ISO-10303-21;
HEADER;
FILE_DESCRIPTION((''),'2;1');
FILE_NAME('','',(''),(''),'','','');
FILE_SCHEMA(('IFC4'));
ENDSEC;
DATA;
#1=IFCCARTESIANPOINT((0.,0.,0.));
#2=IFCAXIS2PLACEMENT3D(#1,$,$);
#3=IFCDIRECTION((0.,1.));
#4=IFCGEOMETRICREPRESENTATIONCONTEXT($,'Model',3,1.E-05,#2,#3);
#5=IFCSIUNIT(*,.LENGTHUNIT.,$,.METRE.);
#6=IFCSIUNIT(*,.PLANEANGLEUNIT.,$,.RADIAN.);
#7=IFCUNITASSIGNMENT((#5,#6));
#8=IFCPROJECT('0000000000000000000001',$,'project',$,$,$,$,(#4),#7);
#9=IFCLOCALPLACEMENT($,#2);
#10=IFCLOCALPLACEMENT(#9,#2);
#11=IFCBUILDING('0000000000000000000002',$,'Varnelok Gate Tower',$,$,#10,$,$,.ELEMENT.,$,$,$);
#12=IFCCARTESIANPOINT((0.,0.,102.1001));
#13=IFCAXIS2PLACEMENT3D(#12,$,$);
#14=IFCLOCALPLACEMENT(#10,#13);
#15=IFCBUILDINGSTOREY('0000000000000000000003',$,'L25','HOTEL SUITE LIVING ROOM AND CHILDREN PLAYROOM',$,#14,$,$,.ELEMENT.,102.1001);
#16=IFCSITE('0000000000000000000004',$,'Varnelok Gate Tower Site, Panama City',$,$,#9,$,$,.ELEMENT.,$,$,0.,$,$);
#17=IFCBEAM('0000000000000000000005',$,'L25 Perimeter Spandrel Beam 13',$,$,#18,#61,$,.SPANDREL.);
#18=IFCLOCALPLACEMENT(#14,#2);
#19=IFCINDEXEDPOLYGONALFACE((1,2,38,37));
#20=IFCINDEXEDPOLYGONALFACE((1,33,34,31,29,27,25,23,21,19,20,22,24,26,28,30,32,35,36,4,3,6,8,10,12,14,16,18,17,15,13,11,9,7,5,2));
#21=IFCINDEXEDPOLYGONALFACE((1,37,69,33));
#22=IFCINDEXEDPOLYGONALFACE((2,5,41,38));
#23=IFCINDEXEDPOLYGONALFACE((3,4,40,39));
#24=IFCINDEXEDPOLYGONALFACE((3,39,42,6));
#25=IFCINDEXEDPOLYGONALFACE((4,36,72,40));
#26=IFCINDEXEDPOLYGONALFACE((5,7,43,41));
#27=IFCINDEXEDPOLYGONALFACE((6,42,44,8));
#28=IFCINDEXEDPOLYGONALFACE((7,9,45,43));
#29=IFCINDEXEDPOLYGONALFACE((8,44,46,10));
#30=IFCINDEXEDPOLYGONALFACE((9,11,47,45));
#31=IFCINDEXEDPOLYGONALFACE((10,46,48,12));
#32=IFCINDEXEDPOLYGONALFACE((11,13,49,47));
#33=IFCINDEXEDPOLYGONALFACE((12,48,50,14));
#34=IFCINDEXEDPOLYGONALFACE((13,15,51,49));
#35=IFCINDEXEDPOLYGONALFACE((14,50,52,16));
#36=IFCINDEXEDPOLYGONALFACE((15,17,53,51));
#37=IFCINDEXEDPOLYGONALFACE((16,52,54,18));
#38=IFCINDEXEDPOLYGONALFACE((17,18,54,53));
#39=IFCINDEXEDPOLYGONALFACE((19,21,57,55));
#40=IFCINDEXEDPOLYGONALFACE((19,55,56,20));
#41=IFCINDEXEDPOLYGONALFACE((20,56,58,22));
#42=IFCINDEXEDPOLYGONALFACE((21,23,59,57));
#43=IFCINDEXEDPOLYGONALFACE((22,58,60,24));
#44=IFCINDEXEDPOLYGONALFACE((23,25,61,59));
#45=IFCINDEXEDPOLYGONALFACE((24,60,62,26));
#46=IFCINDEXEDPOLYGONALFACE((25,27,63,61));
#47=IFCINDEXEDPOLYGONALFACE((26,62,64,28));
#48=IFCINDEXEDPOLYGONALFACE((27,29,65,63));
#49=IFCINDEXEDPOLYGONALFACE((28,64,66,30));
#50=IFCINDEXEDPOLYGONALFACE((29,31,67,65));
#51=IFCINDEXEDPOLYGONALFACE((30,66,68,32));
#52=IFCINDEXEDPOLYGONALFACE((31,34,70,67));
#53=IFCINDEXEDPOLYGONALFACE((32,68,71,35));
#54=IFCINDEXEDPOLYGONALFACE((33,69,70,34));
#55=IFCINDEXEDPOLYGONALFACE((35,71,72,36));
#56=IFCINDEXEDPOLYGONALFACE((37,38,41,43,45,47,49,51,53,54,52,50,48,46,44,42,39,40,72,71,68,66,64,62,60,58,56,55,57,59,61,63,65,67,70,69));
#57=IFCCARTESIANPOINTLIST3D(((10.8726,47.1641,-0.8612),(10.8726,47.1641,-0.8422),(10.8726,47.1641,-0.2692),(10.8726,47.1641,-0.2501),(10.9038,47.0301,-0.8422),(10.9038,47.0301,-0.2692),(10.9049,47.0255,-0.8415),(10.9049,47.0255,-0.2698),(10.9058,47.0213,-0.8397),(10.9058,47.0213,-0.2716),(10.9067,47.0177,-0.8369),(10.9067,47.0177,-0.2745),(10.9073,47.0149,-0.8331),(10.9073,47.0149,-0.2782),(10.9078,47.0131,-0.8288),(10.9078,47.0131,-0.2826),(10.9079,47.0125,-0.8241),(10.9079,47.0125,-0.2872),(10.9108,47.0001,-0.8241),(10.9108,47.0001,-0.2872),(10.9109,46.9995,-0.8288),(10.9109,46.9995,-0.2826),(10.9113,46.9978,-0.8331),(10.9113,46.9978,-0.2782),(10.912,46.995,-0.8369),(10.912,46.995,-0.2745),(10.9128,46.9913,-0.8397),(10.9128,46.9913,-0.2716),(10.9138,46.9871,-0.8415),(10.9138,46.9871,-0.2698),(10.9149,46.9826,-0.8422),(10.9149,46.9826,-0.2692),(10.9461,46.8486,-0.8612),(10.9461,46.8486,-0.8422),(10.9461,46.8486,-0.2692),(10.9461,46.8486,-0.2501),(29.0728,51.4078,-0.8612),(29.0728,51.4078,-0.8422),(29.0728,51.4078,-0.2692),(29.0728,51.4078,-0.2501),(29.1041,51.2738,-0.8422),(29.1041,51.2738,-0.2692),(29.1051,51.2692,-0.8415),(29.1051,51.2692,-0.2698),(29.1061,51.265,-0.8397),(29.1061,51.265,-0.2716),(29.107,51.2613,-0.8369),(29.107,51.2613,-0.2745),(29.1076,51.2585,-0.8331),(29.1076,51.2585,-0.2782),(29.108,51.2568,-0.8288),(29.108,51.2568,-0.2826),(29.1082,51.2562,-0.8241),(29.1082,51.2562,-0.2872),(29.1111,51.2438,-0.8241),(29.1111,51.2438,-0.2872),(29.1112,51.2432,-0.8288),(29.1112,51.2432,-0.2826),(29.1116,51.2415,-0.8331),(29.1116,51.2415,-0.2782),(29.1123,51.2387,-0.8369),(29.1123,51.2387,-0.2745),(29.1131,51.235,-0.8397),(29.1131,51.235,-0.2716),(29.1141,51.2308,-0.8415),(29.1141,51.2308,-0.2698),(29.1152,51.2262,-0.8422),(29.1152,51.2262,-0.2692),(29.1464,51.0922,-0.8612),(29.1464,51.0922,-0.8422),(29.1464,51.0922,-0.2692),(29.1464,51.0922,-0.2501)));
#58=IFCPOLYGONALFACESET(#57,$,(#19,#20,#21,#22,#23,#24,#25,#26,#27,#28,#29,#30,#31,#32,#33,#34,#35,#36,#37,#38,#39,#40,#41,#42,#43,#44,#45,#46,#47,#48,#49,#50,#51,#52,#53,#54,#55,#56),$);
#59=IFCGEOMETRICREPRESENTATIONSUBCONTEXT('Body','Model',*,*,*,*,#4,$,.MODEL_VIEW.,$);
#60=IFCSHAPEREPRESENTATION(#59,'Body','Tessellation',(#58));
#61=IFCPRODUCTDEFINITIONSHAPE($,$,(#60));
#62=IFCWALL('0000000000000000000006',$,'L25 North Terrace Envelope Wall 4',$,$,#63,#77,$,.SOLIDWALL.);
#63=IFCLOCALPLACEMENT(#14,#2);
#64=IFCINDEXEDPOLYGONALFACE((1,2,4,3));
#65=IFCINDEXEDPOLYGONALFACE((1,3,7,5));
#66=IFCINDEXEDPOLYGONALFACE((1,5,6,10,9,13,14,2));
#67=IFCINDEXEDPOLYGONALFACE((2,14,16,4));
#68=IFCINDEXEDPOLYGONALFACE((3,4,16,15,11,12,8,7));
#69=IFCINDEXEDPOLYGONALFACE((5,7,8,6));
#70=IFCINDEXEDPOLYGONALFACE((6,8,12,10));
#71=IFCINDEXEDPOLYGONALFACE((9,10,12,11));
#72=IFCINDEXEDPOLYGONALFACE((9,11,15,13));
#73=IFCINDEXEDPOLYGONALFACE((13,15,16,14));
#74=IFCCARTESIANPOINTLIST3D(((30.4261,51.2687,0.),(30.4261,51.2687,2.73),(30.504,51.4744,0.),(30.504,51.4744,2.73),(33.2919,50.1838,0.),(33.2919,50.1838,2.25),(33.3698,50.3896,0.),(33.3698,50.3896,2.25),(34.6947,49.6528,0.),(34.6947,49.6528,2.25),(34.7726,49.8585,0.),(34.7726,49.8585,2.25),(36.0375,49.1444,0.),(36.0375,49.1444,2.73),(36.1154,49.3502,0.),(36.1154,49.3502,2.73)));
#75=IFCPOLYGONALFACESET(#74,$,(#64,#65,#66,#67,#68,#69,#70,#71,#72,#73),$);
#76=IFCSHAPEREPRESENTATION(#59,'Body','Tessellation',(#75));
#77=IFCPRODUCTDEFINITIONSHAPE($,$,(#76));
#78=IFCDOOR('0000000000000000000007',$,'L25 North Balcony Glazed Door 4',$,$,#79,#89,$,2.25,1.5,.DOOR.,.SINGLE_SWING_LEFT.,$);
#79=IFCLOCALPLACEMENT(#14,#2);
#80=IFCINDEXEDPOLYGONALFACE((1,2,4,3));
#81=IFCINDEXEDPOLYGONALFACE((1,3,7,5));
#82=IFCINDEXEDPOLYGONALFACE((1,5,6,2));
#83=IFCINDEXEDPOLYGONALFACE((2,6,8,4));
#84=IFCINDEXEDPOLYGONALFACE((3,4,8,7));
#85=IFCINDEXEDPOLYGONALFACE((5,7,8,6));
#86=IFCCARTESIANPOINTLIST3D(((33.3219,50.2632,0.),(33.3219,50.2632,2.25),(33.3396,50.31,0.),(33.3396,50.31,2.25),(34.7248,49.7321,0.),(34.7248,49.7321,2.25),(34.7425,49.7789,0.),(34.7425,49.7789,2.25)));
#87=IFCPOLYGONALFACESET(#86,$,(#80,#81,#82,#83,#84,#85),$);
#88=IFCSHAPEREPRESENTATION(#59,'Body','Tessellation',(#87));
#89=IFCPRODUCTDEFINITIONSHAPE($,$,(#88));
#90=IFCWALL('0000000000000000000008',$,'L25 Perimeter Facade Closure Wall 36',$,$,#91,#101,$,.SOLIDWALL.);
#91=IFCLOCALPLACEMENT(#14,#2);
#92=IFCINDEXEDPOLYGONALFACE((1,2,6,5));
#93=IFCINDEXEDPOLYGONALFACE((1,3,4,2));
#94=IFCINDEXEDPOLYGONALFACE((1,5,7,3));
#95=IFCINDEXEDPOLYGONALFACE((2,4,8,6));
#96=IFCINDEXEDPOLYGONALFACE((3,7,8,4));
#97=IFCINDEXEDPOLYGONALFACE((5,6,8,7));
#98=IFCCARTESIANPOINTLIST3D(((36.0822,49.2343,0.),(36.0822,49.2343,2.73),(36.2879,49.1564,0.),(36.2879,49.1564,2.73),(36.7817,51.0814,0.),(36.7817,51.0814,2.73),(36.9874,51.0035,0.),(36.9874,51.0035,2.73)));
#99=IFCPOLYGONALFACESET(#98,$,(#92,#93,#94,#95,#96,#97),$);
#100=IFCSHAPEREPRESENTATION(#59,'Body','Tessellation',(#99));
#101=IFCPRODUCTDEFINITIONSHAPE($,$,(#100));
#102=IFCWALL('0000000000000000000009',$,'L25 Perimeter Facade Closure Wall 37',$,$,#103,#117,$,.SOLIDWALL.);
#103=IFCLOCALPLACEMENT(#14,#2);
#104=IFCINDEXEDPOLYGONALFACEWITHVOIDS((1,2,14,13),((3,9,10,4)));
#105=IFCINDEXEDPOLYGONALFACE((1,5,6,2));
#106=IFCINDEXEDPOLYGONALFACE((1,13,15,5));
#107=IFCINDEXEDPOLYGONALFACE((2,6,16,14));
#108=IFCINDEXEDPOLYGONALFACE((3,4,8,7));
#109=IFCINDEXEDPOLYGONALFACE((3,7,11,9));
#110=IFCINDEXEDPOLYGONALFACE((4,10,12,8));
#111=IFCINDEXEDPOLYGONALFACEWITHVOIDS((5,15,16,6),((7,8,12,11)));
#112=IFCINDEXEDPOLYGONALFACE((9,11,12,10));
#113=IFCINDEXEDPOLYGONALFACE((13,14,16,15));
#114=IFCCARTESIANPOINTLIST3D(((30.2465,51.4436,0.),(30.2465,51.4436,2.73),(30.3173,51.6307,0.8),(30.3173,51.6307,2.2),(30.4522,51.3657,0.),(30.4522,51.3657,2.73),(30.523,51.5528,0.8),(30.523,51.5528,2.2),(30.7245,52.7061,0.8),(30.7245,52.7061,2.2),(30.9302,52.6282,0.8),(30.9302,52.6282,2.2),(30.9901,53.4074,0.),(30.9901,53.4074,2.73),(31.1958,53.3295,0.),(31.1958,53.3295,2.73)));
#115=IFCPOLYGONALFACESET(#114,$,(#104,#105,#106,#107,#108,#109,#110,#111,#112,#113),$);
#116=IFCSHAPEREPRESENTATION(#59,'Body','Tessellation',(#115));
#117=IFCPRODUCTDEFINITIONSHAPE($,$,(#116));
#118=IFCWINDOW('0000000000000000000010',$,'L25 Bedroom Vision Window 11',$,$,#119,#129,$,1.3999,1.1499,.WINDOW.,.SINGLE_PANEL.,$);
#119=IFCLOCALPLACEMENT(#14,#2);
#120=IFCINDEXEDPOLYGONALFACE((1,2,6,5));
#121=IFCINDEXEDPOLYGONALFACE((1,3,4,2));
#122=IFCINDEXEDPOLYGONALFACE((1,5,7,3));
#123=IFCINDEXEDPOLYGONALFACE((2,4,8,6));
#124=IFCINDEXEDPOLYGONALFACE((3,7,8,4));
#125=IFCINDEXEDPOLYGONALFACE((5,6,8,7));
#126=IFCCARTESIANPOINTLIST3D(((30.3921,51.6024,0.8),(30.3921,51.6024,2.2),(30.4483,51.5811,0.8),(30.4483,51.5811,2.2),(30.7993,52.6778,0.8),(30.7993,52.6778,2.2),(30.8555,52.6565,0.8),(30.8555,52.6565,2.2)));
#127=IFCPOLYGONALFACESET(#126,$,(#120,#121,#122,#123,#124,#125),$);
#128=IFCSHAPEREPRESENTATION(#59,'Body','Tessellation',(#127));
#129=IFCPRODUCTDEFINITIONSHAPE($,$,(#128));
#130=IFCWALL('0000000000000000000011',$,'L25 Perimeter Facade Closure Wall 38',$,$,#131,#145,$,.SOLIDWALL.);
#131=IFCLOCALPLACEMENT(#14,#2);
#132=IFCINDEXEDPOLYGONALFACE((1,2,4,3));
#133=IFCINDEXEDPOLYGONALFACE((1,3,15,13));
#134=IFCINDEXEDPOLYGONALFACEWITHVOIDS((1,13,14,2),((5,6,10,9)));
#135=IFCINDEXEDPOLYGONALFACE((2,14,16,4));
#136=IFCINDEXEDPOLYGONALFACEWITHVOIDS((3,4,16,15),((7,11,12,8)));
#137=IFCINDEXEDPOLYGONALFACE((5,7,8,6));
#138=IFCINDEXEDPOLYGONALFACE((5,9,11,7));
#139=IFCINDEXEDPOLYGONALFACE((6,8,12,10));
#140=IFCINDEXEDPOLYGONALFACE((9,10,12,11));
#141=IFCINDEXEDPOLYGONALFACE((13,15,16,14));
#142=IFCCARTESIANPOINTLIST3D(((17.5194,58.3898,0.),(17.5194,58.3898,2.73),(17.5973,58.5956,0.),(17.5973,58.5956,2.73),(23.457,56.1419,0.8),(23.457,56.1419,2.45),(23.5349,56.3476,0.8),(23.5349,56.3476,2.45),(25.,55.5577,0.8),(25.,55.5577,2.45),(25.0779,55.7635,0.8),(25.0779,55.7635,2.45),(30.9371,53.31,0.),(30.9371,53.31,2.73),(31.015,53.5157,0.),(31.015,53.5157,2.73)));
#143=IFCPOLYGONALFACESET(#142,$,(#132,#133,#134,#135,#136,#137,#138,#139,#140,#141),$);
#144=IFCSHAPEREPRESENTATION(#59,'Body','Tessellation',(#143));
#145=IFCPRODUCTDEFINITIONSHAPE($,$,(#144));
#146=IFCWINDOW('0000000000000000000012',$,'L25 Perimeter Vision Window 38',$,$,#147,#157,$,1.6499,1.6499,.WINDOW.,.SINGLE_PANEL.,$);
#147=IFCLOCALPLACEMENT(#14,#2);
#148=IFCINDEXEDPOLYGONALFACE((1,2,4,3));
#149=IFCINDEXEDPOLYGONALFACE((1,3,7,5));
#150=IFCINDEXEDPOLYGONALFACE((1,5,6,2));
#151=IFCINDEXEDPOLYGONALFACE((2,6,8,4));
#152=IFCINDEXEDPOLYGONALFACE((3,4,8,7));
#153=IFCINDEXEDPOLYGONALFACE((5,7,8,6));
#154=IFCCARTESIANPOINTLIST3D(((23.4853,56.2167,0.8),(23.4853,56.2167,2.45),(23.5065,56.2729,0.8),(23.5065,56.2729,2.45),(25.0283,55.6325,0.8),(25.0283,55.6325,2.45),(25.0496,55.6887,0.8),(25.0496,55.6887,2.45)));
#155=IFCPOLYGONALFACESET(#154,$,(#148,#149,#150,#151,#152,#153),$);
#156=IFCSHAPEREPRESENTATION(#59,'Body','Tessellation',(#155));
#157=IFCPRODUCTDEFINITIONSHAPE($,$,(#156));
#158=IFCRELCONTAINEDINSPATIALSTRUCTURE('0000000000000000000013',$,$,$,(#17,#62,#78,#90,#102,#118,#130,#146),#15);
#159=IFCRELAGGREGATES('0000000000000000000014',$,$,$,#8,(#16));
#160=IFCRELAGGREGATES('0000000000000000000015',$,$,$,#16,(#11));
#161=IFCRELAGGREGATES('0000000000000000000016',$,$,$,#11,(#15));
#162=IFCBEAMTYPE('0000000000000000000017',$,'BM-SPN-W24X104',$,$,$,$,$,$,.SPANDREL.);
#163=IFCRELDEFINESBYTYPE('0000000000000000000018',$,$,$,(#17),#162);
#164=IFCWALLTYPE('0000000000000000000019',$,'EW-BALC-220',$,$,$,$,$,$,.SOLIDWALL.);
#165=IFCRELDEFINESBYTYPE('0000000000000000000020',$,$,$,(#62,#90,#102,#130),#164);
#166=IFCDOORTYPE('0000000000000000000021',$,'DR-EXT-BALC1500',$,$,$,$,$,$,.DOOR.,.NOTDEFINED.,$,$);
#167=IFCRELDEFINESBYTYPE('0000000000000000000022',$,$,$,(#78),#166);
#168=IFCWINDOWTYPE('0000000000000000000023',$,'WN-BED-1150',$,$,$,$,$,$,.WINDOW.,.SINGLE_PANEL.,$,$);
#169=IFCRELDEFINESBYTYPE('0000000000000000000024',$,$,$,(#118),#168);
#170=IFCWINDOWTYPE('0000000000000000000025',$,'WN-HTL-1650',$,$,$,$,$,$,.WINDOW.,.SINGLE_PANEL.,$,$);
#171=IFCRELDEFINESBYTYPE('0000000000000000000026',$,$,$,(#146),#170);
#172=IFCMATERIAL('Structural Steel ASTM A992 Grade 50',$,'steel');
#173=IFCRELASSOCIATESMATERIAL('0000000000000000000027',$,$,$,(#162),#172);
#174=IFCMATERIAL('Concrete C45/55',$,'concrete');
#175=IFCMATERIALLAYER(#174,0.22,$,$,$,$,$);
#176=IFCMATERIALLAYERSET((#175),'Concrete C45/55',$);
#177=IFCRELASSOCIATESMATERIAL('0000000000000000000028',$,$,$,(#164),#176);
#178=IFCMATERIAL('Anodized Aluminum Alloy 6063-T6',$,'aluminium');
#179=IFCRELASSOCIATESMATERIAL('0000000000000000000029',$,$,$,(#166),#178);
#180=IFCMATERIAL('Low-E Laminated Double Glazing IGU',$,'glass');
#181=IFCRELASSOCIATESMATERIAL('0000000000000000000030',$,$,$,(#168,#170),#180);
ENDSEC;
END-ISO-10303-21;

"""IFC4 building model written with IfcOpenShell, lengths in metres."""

from ifc_helpers import new_model, si_unit, direction, frame, frame_2d, origin, origin_2d, place, context, subcontext, project, spatial, rectangle, i_section, extrude, material, layer, layer_set, material_profile, profile_set, type_object, element, fill, save


model = new_model("IFC4")

# Units and contexts
model_context = context("Model", 3, precision=1e-05, world=origin(), true_north=direction((0.0, 1.0)))
body_context = subcontext(model_context, "Body", "Model", "MODEL_VIEW")
ifc_project = project(units=[si_unit("LENGTHUNIT", "METRE"), si_unit("PLANEANGLEUNIT", "RADIAN")], contexts=[model_context])

# Site, building, storey
site_placement = place(None, origin())
site = spatial("IfcSite", under=ifc_project, at=site_placement, Name="Varnelok Gate Tower Site, Panama City", CompositionType="ELEMENT", RefElevation=0.0)
building_placement = place(site_placement, origin())
building = spatial("IfcBuilding", under=site, at=building_placement, Name="Varnelok Gate Tower", CompositionType="ELEMENT")
storey_placement = place(building_placement, frame((0.0, 0.0, 102.1001)))
storey = spatial("IfcBuildingStorey", under=building, at=storey_placement, Name="L25", Description="HOTEL SUITE LIVING ROOM AND CHILDREN PLAYROOM", CompositionType="ELEMENT", Elevation=102.1001)

# Shared definitions
ifc_material_1 = material(Name="Structural Steel ASTM A992 Grade 50", Category="steel")

# Beam
ifc_material_profile_1 = material_profile(ifc_material_1, i_section(OverallWidth=0.324, OverallDepth=0.6111, WebThickness=0.0127, FlangeThickness=0.019, FilletRadius=0.0181, at=origin_2d()), Name="W24X104")
ifc_profile_set_1 = profile_set([ifc_material_profile_1], Name="Structural Steel ASTM A992 Grade 50")
beam_type_1 = type_object("IfcBeamType", Name="BM-SPN-W24X104", PredefinedType="SPANDREL", material=ifc_profile_set_1)
beam_1_placement = place(storey_placement, frame((29.1096, 51.25, -0.5557), z_axis=(-0.973877, -0.227074, 0.0), x_axis=(0.227074, -0.973877, 0.0)))
element("IfcBeam", 1, at=beam_1_placement, inside=storey, type_object=beam_type_1, Name="L25 Perimeter Spandrel Beam 13", PredefinedType="SPANDREL", context=body_context, shape_type="SweptSolid", body=[
    extrude(i_section(OverallWidth=0.324, OverallDepth=0.6111, WebThickness=0.0127, FlangeThickness=0.019, FilletRadius=0.0181, at=origin_2d()), origin(), (0.0, 0.0, 1.0), 18.6885),
])

# Wall, opening, door
ifc_material_2 = material(Name="Concrete C45/55", Category="concrete")
ifc_layer_1 = layer(ifc_material_2, 0.22)
ifc_layer_set_1 = layer_set([ifc_layer_1], Name="Concrete C45/55")
wall_type_1 = type_object("IfcWallType", Name="EW-BALC-220", PredefinedType="SOLIDWALL", material=ifc_layer_set_1)
wall_1_placement = place(storey_placement, frame((30.4651, 51.3716, 0.0), z_axis=(0.0, 0.0, 1.0), x_axis=(0.935228, -0.354047, 0.0)))
wall_1 = element("IfcWall", 2, at=wall_1_placement, inside=storey, type_object=wall_type_1, Name="L25 North Terrace Envelope Wall 4", PredefinedType="SOLIDWALL", context=body_context, shape_type="SweptSolid", body=[
    extrude(rectangle(XDim=6.0, YDim=0.22, at=frame_2d((3.0, 0.0))), origin(), (0.0, 0.0, 1.0), 2.73),
])
opening_1_placement = place(wall_1_placement, frame((3.0642, 0.0, 0.0)))
opening_1 = element("IfcOpeningElement", 3, at=opening_1_placement, cuts=wall_1, PredefinedType="OPENING", context=body_context, shape_type="SweptSolid", body=[
    extrude(rectangle(XDim=1.5, YDim=2.25, at=frame_2d((0.75, 1.125))), frame((0.0, 0.1199, 0.0), z_axis=(0.0, -1.0, 0.0), x_axis=(1.0, 0.0, 0.0)), (0.0, 0.0, 1.0), 0.24),
])
ifc_material_3 = material(Name="Anodized Aluminum Alloy 6063-T6", Category="aluminium")
door_type_1 = type_object("IfcDoorType", Name="DR-EXT-BALC1500", OperationType="NOTDEFINED", PredefinedType="DOOR", material=ifc_material_3)
door_1_placement = place(opening_1_placement, origin())
door_1 = element("IfcDoor", 4, at=door_1_placement, inside=storey, type_object=door_type_1, Name="L25 North Balcony Glazed Door 4", OperationType="SINGLE_SWING_LEFT", OverallHeight=2.25, OverallWidth=1.5, PredefinedType="DOOR", context=body_context, shape_type="SweptSolid", body=[
    extrude(rectangle(XDim=1.5, YDim=2.25, at=frame_2d((0.75, 1.125))), frame((0.0, 0.0249, 0.0), z_axis=(0.0, -1.0, 0.0), x_axis=(1.0, 0.0, 0.0)), (0.0, 0.0, 1.0), 0.05),
])
fill(opening_1, door_1)

# Wall
wall_2_placement = place(storey_placement, frame((36.8845, 51.0425, 0.0), z_axis=(0.0, 0.0, 1.0), x_axis=(-0.354129, -0.935197, 0.0)))
element("IfcWall", 5, at=wall_2_placement, inside=storey, type_object=wall_type_1, Name="L25 Perimeter Facade Closure Wall 36", PredefinedType="SOLIDWALL", context=body_context, shape_type="SweptSolid", body=[
    extrude(rectangle(XDim=1.9751, YDim=0.22, at=frame_2d((0.9875, 0.0))), origin(), (0.0, 0.0, 1.0), 2.73),
])

# Walls, openings, windows
wall_3_placement = place(storey_placement, frame((30.3494, 51.4048, 0.0), z_axis=(0.0, 0.0, 1.0), x_axis=(0.354128, 0.935197, 0.0)))
wall_3 = element("IfcWall", 6, at=wall_3_placement, inside=storey, type_object=wall_type_1, Name="L25 Perimeter Facade Closure Wall 37", PredefinedType="SOLIDWALL", context=body_context, shape_type="SweptSolid", body=[
    extrude(rectangle(XDim=2.0999, YDim=0.22, at=frame_2d((1.0498, 0.0))), origin(), (0.0, 0.0, 1.0), 2.73),
])
opening_2_placement = place(wall_3_placement, frame((0.2, 0.0, 0.8)))
opening_2 = element("IfcOpeningElement", 7, at=opening_2_placement, cuts=wall_3, PredefinedType="OPENING", context=body_context, shape_type="SweptSolid", body=[
    extrude(rectangle(XDim=1.1499, YDim=1.3999, at=frame_2d((0.575, 0.7))), frame((0.0, 0.1199, 0.0), z_axis=(0.0, -1.0, 0.0), x_axis=(1.0, 0.0, 0.0)), (0.0, 0.0, 1.0), 0.24),
])
ifc_material_4 = material(Name="Low-E Laminated Double Glazing IGU", Category="glass")
window_type_1 = type_object("IfcWindowType", Name="WN-BED-1150", PartitioningType="SINGLE_PANEL", PredefinedType="WINDOW", material=ifc_material_4)
window_1_placement = place(opening_2_placement, origin())
window_1 = element("IfcWindow", 8, at=window_1_placement, inside=storey, type_object=window_type_1, Name="L25 Bedroom Vision Window 11", OverallHeight=1.3999, OverallWidth=1.1499, PartitioningType="SINGLE_PANEL", PredefinedType="WINDOW", context=body_context, shape_type="SweptSolid", body=[
    extrude(rectangle(XDim=1.1499, YDim=1.3999, at=frame_2d((0.575, 0.7))), frame((0.0, 0.03, 0.0), z_axis=(0.0, -1.0, 0.0), x_axis=(1.0, 0.0, 0.0)), (0.0, 0.0, 1.0), 0.0601),
])
fill(opening_2, window_1)
wall_4_placement = place(storey_placement, frame((30.9761, 53.4128, 0.0), z_axis=(0.0, 0.0, 1.0), x_axis=(-0.93522, 0.354066, 0.0)))
wall_4 = element("IfcWall", 9, at=wall_4_placement, inside=storey, type_object=wall_type_1, Name="L25 Perimeter Facade Closure Wall 38", PredefinedType="SOLIDWALL", context=body_context, shape_type="SweptSolid", body=[
    extrude(rectangle(XDim=14.3472, YDim=0.22, at=frame_2d((7.1736, 0.0))), origin(), (0.0, 0.0, 1.0), 2.73),
])
opening_3_placement = place(wall_4_placement, frame((6.3484, 0.0, 0.8)))
opening_3 = element("IfcOpeningElement", 10, at=opening_3_placement, cuts=wall_4, PredefinedType="OPENING", context=body_context, shape_type="SweptSolid", body=[
    extrude(rectangle(XDim=1.6499, YDim=1.6499, at=frame_2d((0.825, 0.825))), frame((0.0, 0.1199, 0.0), z_axis=(0.0, -1.0, 0.0), x_axis=(1.0, 0.0, 0.0)), (0.0, 0.0, 1.0), 0.24),
])
window_type_2 = type_object("IfcWindowType", Name="WN-HTL-1650", PartitioningType="SINGLE_PANEL", PredefinedType="WINDOW", material=ifc_material_4)
window_2_placement = place(opening_3_placement, origin())
window_2 = element("IfcWindow", 11, at=window_2_placement, inside=storey, type_object=window_type_2, Name="L25 Perimeter Vision Window 38", OverallHeight=1.6499, OverallWidth=1.6499, PartitioningType="SINGLE_PANEL", PredefinedType="WINDOW", context=body_context, shape_type="SweptSolid", body=[
    extrude(rectangle(XDim=1.6499, YDim=1.6499, at=frame_2d((0.825, 0.825))), frame((0.0, 0.03, 0.0), z_axis=(0.0, -1.0, 0.0), x_axis=(1.0, 0.0, 0.0)), (0.0, 0.0, 1.0), 0.0601),
])
fill(opening_3, window_2)

save(model, "model.ifc")
